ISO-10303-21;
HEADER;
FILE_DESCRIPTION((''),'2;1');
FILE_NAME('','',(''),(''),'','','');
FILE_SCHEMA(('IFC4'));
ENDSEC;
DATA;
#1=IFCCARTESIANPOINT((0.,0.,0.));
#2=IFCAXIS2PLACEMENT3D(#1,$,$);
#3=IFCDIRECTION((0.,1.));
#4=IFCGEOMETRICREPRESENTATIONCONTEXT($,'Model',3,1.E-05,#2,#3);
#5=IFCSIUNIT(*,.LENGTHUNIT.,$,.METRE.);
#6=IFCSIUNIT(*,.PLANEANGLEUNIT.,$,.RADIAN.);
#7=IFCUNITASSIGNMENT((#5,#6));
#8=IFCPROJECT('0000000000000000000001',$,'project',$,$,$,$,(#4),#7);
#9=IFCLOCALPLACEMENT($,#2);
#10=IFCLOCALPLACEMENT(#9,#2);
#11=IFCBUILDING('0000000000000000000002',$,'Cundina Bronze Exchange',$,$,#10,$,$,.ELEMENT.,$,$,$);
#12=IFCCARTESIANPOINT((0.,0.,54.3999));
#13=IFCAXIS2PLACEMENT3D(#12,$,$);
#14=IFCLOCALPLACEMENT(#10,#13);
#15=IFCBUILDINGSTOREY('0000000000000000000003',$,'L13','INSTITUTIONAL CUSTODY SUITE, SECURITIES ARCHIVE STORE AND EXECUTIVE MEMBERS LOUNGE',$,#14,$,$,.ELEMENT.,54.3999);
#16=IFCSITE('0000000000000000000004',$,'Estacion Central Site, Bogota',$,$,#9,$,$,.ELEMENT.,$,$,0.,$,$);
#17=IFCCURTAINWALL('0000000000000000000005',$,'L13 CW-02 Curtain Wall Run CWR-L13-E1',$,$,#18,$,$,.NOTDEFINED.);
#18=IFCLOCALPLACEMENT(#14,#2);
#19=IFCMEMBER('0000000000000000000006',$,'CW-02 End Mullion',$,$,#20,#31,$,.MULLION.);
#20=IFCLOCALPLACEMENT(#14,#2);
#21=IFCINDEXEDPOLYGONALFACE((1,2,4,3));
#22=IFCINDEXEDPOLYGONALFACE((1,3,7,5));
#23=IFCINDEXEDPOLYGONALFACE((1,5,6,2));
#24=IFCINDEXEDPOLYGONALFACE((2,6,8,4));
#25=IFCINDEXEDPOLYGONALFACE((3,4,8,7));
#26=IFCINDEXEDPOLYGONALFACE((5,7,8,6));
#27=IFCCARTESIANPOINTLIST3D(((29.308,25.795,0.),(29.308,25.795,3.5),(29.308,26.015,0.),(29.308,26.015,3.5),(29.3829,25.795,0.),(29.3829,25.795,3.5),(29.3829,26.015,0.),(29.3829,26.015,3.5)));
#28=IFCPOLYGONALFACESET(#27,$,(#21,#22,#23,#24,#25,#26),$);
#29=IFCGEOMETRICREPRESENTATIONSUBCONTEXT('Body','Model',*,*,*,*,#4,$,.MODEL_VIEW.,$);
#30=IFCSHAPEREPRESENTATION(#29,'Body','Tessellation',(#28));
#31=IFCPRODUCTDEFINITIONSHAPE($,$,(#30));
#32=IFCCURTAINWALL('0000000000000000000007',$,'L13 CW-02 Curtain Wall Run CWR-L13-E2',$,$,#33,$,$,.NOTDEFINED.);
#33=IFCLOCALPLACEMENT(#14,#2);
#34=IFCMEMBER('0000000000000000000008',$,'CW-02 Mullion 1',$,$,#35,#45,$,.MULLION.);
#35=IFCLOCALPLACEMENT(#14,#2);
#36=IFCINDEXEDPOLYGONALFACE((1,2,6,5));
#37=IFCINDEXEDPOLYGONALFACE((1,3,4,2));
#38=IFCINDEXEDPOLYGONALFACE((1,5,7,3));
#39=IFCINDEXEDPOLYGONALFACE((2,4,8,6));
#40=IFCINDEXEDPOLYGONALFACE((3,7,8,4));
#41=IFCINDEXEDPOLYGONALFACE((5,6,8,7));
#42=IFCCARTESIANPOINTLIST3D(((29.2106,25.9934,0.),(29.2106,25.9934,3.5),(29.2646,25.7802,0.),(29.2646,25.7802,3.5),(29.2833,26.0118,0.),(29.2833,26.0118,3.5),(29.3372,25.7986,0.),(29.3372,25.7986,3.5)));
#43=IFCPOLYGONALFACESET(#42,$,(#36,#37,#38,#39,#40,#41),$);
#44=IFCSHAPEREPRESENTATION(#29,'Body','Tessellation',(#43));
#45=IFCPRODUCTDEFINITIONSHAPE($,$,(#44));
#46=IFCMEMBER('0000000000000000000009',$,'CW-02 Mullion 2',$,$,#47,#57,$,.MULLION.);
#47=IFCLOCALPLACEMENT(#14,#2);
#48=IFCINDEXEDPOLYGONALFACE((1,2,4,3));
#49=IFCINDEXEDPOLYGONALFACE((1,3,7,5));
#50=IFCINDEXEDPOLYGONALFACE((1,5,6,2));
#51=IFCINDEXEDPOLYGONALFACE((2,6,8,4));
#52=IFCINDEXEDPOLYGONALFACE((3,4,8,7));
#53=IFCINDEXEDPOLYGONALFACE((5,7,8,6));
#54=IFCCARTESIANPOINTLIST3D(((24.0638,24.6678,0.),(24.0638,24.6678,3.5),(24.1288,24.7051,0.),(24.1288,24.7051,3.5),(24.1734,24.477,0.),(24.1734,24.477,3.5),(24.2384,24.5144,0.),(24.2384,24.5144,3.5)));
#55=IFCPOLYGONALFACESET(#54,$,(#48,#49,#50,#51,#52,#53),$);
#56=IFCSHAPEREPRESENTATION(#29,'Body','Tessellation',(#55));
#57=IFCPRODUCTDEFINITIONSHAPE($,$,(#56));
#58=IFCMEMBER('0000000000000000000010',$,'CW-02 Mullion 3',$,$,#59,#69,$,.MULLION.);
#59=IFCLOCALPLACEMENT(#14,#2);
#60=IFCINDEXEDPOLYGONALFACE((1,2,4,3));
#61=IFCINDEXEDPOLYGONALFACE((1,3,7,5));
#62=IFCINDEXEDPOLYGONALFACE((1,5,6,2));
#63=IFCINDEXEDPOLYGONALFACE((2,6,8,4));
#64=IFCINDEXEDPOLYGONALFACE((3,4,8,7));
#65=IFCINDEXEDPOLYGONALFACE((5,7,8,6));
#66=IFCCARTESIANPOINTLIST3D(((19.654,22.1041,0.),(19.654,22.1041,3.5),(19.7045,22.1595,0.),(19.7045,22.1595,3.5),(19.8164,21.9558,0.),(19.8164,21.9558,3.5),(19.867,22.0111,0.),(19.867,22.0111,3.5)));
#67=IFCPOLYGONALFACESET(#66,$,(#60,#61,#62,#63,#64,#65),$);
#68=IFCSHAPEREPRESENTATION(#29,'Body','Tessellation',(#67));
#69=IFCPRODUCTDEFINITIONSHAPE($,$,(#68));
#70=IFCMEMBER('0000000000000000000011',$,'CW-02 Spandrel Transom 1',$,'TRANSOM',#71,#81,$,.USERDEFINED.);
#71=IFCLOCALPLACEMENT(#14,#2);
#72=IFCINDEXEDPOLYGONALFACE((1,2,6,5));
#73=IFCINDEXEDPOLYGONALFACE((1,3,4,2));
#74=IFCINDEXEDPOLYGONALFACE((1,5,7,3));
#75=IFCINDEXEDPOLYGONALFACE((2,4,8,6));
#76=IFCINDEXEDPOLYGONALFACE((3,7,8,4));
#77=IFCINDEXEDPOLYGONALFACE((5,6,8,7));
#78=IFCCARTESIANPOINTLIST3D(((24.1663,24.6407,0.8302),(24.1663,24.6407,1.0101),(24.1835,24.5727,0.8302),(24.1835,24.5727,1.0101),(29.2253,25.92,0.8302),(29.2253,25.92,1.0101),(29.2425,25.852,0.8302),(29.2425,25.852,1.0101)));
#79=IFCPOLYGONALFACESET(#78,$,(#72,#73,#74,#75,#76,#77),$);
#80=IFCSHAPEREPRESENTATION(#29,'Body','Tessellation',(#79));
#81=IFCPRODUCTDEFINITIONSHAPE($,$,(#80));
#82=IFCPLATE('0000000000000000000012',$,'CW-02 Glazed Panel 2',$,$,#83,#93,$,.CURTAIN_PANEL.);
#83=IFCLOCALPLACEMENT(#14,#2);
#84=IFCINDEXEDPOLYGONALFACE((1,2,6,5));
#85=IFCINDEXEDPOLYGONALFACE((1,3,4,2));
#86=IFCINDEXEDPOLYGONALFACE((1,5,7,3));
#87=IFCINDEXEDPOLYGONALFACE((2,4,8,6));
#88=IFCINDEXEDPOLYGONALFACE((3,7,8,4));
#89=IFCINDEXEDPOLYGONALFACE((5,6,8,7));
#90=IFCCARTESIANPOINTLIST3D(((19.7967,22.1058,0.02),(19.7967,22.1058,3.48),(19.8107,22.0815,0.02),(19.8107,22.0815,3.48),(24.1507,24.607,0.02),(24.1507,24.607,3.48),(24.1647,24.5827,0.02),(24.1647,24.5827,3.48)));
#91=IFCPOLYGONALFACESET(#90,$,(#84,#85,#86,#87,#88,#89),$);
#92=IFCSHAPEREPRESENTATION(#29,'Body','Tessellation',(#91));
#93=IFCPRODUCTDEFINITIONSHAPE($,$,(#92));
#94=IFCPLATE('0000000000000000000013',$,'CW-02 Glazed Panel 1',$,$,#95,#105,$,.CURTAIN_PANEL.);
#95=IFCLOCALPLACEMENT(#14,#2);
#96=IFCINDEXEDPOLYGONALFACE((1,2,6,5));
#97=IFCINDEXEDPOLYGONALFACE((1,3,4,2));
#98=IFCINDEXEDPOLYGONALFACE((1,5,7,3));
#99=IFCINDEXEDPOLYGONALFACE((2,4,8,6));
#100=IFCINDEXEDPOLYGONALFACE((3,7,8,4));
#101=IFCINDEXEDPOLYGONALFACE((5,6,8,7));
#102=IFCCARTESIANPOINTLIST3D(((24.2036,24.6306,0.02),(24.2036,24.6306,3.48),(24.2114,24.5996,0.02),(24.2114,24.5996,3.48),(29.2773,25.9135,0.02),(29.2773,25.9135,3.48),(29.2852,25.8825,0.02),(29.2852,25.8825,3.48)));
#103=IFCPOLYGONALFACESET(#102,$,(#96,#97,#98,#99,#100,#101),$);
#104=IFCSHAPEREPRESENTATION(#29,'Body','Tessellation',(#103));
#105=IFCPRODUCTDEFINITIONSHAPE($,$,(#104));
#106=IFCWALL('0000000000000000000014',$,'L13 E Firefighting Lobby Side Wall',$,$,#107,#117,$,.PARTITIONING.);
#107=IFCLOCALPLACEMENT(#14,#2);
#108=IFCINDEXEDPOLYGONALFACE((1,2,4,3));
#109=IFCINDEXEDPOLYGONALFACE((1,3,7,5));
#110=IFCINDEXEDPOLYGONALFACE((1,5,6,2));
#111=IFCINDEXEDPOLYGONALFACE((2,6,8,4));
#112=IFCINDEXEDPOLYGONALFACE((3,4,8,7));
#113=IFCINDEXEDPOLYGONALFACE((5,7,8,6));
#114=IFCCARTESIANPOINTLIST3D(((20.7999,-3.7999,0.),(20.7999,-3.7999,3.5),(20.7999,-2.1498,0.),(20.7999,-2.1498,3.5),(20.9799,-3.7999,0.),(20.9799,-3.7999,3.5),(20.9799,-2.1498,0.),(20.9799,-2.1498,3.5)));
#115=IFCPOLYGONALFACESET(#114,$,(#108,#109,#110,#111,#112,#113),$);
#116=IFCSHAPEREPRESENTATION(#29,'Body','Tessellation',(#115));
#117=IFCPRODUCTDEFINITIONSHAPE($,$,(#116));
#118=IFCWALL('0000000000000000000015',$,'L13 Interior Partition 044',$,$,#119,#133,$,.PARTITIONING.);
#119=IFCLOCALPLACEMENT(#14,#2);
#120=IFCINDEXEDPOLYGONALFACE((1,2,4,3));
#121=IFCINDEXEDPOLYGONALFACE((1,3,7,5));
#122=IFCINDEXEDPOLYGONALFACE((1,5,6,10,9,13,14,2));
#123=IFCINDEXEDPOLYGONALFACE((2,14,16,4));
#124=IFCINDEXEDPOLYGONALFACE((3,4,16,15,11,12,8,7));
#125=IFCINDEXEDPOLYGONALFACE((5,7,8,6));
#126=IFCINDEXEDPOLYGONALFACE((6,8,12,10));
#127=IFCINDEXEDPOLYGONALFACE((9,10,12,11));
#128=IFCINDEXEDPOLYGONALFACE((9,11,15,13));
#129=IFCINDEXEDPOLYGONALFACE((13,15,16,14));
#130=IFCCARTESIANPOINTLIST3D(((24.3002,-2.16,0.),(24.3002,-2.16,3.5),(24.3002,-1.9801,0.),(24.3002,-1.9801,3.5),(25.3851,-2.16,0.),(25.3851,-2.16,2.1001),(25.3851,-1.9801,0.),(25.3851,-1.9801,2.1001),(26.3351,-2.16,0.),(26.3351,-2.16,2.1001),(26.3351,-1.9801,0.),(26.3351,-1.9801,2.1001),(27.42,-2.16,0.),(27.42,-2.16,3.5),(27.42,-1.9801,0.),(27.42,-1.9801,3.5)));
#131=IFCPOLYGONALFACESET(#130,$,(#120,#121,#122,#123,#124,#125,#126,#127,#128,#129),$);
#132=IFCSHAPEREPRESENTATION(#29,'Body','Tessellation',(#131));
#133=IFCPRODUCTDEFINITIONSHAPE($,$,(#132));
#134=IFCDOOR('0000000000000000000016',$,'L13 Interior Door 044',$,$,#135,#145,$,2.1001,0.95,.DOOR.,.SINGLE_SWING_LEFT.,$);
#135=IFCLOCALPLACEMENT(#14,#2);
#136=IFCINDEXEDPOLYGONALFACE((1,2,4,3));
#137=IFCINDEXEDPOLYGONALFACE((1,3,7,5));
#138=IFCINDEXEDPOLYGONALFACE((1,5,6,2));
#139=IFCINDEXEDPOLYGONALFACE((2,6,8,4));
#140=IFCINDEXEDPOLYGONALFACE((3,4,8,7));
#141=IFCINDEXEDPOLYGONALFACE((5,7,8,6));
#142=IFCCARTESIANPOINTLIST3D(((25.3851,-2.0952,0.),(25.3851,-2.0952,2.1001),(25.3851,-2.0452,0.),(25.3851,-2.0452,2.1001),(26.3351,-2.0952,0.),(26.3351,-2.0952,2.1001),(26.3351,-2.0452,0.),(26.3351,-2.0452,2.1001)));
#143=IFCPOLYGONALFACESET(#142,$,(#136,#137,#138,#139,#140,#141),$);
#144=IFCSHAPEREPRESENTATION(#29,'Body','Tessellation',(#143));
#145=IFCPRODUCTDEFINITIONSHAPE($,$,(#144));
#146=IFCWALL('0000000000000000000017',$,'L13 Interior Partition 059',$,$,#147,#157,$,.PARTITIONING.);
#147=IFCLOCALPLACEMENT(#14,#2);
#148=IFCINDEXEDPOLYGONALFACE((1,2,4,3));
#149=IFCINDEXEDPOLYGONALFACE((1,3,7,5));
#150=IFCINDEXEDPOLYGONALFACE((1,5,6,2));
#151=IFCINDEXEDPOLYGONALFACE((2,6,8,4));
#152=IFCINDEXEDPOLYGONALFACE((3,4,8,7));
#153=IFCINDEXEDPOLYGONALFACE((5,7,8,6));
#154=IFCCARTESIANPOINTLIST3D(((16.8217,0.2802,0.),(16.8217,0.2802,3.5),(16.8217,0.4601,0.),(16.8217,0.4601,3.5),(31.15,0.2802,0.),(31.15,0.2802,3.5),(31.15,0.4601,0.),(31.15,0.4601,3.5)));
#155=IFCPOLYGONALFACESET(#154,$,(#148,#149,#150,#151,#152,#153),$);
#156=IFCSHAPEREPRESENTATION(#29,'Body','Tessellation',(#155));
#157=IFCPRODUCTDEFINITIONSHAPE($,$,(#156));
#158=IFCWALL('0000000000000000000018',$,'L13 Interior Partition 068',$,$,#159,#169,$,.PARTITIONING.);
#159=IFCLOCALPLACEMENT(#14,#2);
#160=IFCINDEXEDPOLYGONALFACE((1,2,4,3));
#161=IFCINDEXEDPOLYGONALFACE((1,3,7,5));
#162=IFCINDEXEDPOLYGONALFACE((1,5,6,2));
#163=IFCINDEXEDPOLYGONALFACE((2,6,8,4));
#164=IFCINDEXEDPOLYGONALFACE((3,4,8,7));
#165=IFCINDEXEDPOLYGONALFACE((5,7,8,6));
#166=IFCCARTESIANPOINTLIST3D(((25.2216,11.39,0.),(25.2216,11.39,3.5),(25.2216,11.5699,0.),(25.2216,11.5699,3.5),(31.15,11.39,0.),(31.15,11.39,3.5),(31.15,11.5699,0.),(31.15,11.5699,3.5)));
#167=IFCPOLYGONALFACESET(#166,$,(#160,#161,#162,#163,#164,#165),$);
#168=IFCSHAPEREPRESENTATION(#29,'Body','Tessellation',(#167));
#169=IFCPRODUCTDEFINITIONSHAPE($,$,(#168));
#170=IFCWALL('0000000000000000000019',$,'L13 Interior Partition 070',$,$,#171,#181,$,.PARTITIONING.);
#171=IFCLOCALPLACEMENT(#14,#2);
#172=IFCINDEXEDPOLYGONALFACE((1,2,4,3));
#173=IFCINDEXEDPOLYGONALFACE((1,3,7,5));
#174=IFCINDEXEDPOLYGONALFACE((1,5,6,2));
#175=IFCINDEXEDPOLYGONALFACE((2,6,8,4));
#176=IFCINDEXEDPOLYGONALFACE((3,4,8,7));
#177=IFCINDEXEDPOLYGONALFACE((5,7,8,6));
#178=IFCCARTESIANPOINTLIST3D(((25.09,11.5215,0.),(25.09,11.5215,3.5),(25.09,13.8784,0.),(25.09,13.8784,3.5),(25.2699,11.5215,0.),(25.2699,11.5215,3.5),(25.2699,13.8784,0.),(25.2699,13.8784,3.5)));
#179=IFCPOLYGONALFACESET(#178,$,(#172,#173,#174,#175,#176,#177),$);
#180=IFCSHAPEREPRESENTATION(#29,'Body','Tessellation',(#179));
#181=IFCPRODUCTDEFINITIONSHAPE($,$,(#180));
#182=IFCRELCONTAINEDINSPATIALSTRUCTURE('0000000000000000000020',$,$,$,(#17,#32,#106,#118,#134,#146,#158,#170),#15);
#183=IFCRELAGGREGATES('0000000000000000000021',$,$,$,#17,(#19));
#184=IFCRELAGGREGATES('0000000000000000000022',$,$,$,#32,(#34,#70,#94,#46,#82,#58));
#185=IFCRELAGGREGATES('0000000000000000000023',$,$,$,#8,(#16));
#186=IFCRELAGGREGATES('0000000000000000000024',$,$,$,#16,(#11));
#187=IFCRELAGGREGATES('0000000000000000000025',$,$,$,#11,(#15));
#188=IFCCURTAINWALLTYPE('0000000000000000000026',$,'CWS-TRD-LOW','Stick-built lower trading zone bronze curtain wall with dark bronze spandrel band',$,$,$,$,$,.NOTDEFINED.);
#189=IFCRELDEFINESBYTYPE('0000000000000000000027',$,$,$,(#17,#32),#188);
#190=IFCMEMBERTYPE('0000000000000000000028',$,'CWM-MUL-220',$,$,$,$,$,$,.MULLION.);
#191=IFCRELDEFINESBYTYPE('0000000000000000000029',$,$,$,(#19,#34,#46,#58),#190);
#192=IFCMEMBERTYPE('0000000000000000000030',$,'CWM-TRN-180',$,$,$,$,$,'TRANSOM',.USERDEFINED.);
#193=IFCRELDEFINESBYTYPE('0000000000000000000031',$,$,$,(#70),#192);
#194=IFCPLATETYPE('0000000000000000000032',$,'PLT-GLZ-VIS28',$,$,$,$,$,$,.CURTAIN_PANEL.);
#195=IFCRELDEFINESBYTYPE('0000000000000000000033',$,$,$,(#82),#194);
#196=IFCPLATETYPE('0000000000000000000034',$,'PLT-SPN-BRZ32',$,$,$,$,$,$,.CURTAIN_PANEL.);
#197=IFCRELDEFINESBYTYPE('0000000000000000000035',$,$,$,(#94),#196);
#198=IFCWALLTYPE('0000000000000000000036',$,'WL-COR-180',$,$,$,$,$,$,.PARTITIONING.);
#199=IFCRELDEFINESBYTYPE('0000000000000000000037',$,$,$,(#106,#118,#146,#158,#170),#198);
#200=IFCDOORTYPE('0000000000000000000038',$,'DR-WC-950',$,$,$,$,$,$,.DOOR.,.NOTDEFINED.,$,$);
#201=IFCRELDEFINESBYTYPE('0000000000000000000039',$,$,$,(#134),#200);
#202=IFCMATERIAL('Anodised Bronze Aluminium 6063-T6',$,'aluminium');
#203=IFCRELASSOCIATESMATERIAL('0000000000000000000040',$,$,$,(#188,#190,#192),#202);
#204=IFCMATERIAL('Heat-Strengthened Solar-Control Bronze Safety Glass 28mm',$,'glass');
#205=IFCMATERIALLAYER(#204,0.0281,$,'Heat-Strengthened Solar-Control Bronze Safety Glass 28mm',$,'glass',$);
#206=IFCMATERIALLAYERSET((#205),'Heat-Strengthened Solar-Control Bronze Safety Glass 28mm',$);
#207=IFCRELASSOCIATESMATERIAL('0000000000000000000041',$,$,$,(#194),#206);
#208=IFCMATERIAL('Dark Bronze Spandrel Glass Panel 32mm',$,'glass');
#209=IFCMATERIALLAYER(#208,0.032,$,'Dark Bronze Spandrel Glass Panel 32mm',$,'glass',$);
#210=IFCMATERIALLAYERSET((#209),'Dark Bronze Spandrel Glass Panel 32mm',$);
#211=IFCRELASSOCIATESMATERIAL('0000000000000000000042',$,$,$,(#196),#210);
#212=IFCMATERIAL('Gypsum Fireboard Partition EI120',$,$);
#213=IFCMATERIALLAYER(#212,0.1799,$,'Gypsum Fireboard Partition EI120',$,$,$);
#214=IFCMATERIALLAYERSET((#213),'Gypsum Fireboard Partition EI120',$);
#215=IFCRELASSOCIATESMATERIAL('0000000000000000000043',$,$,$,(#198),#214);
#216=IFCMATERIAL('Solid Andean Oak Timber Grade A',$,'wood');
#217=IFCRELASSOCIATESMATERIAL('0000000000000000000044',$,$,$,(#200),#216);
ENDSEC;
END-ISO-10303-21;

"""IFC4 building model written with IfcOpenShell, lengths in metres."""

from ifc_helpers import new_model, si_unit, direction, frame, frame_2d, origin, origin_2d, place, context, subcontext, project, spatial, rectangle, extrude, material, layer, layer_set, material_profile, profile_set, type_object, element, fill, aggregate, save


model = new_model("IFC4")

# Units and contexts
model_context = context("Model", 3, precision=1e-05, world=origin(), true_north=direction((0.0, 1.0)))
body_context = subcontext(model_context, "Body", "Model", "MODEL_VIEW")
ifc_project = project(units=[si_unit("LENGTHUNIT", "METRE"), si_unit("PLANEANGLEUNIT", "RADIAN")], contexts=[model_context])

# Site, building, storey
site_placement = place(None, origin())
site = spatial("IfcSite", under=ifc_project, at=site_placement, Name="Estacion Central Site, Bogota", CompositionType="ELEMENT", RefElevation=0.0)
building_placement = place(site_placement, origin())
building = spatial("IfcBuilding", under=site, at=building_placement, Name="Cundina Bronze Exchange", CompositionType="ELEMENT")
storey_placement = place(building_placement, frame((0.0, 0.0, 54.3999)))
storey = spatial("IfcBuildingStorey", under=building, at=storey_placement, Name="L13", Description="INSTITUTIONAL CUSTODY SUITE, SECURITIES ARCHIVE STORE AND EXECUTIVE MEMBERS LOUNGE", CompositionType="ELEMENT", Elevation=54.3999)

# Curtain wall, member
ifc_material_1 = material(Name="Anodised Bronze Aluminium 6063-T6", Category="aluminium")
curtain_wall_type = type_object("IfcCurtainWallType", Name="CWS-TRD-LOW", Description="Stick-built lower trading zone bronze curtain wall with dark bronze spandrel band", PredefinedType="NOTDEFINED", material=ifc_material_1)
curtain_wall_1_placement = place(storey_placement, origin())
curtain_wall_1 = element("IfcCurtainWall", 1, at=curtain_wall_1_placement, inside=storey, type_object=curtain_wall_type, Name="L13 CW-02 Curtain Wall Run CWR-L13-E1", PredefinedType="NOTDEFINED")
ifc_material_profile_1 = material_profile(ifc_material_1, rectangle(XDim=0.075, YDim=0.22, at=origin_2d()), Name="AL75X220", Category="aluminium")
ifc_profile_set_1 = profile_set([ifc_material_profile_1], Name="Anodised Bronze Aluminium 6063-T6")
member_type_1 = type_object("IfcMemberType", Name="CWM-MUL-220", PredefinedType="MULLION", material=ifc_profile_set_1)
member_1_placement = place(storey_placement, frame((29.3455, 25.905, 0.0), z_axis=(0.0, 0.0, 1.0), x_axis=(-1.0, 0.0, 0.0)))
member_1 = element("IfcMember", 2, at=member_1_placement, type_object=member_type_1, Name="CW-02 End Mullion", PredefinedType="MULLION", context=body_context, shape_type="SweptSolid", body=[
    extrude(rectangle(XDim=0.075, YDim=0.22, at=origin_2d()), origin(), (0.0, 0.0, 1.0), 3.5),
])
aggregate(curtain_wall_1, [member_1])

# Curtain wall, members, plates
curtain_wall_2_placement = place(storey_placement, origin())
curtain_wall_2 = element("IfcCurtainWall", 3, at=curtain_wall_2_placement, inside=storey, type_object=curtain_wall_type, Name="L13 CW-02 Curtain Wall Run CWR-L13-E2", PredefinedType="NOTDEFINED")
member_2_placement = place(storey_placement, frame((29.2739, 25.896, 0.0), z_axis=(0.0, 0.0, 1.0), x_axis=(-0.969488, -0.245138, 0.0)))
member_2 = element("IfcMember", 4, at=member_2_placement, type_object=member_type_1, Name="CW-02 Mullion 1", PredefinedType="MULLION", context=body_context, shape_type="SweptSolid", body=[
    extrude(rectangle(XDim=0.075, YDim=0.22, at=origin_2d()), origin(), (0.0, 0.0, 1.0), 3.5),
])
member_3_placement = place(storey_placement, frame((24.1511, 24.5911, 0.0), z_axis=(0.0, 0.0, 1.0), x_axis=(-0.867071, -0.498185, 0.0)))
member_3 = element("IfcMember", 5, at=member_3_placement, type_object=member_type_1, Name="CW-02 Mullion 2", PredefinedType="MULLION", context=body_context, shape_type="SweptSolid", body=[
    extrude(rectangle(XDim=0.075, YDim=0.22, at=origin_2d()), origin(), (0.0, 0.0, 1.0), 3.5),
])
member_4_placement = place(storey_placement, frame((19.7605, 22.0576, 0.0), z_axis=(0.0, 0.0, 1.0), x_axis=(-0.674302, -0.738455, 0.0)))
member_4 = element("IfcMember", 6, at=member_4_placement, type_object=member_type_1, Name="CW-02 Mullion 3", PredefinedType="MULLION", context=body_context, shape_type="SweptSolid", body=[
    extrude(rectangle(XDim=0.075, YDim=0.22, at=origin_2d()), origin(), (0.0, 0.0, 1.0), 3.5),
])
ifc_material_profile_2 = material_profile(ifc_material_1, rectangle(XDim=0.0701, YDim=0.1799, at=origin_2d()), Name="AL70X180", Category="aluminium")
ifc_profile_set_2 = profile_set([ifc_material_profile_2], Name="Anodised Bronze Aluminium 6063-T6")
member_type_2 = type_object("IfcMemberType", Name="CWM-TRN-180", ElementType="TRANSOM", PredefinedType="USERDEFINED", material=ifc_profile_set_2)
member_5_placement = place(storey_placement, frame((29.2339, 25.886, 0.9202), z_axis=(-0.969484, -0.245155, 0.0), x_axis=(0.245155, -0.969484, 0.0)))
member_5 = element("IfcMember", 7, at=member_5_placement, type_object=member_type_2, Name="CW-02 Spandrel Transom 1", ObjectType="TRANSOM", PredefinedType="USERDEFINED", context=body_context, shape_type="SweptSolid", body=[
    extrude(rectangle(XDim=0.0701, YDim=0.1799, at=origin_2d()), origin(), (0.0, 0.0, 1.0), 5.2183),
])
ifc_material_2 = material(Name="Heat-Strengthened Solar-Control Bronze Safety Glass 28mm", Category="glass")
ifc_layer_1 = layer(ifc_material_2, 0.0281, Name="Heat-Strengthened Solar-Control Bronze Safety Glass 28mm", Category="glass")
ifc_layer_set_1 = layer_set([ifc_layer_1], Name="Heat-Strengthened Solar-Control Bronze Safety Glass 28mm")
plate_type_1 = type_object("IfcPlateType", Name="PLT-GLZ-VIS28", PredefinedType="CURTAIN_PANEL", material=ifc_layer_set_1)
plate_1_placement = place(storey_placement, frame((21.9807, 23.3442, 0.02), z_axis=(0.0, 0.0, 1.0), x_axis=(-0.867105, -0.498125, 0.0)))
plate_1 = element("IfcPlate", 8, at=plate_1_placement, type_object=plate_type_1, Name="CW-02 Glazed Panel 2", PredefinedType="CURTAIN_PANEL", context=body_context, shape_type="SweptSolid", body=[
    extrude(rectangle(XDim=5.0212, YDim=0.0281, at=origin_2d()), origin(), (0.0, 0.0, 1.0), 3.46),
])
ifc_material_3 = material(Name="Dark Bronze Spandrel Glass Panel 32mm", Category="glass")
ifc_layer_2 = layer(ifc_material_3, 0.032, Name="Dark Bronze Spandrel Glass Panel 32mm", Category="glass")
ifc_layer_set_2 = layer_set([ifc_layer_2], Name="Dark Bronze Spandrel Glass Panel 32mm")
plate_type_2 = type_object("IfcPlateType", Name="PLT-SPN-BRZ32", PredefinedType="CURTAIN_PANEL", material=ifc_layer_set_2)
plate_2_placement = place(storey_placement, frame((26.7444, 25.2566, 0.02), z_axis=(0.0, 0.0, 1.0), x_axis=(-0.969488, -0.245138, 0.0)))
plate_2 = element("IfcPlate", 9, at=plate_2_placement, type_object=plate_type_2, Name="CW-02 Glazed Panel 1", PredefinedType="CURTAIN_PANEL", context=body_context, shape_type="SweptSolid", body=[
    extrude(rectangle(XDim=5.2334, YDim=0.032, at=origin_2d()), origin(), (0.0, 0.0, 1.0), 3.46),
])
aggregate(curtain_wall_2, [member_2, member_5, plate_2, member_3, plate_1, member_4])

# Wall
ifc_material_4 = material(Name="Gypsum Fireboard Partition EI120")
ifc_layer_3 = layer(ifc_material_4, 0.1799, Name="Gypsum Fireboard Partition EI120")
ifc_layer_set_3 = layer_set([ifc_layer_3], Name="Gypsum Fireboard Partition EI120")
wall_type_1 = type_object("IfcWallType", Name="WL-COR-180", PredefinedType="PARTITIONING", material=ifc_layer_set_3)
wall_1_placement = place(storey_placement, frame((20.8899, -3.8, 0.0), z_axis=(0.0, 0.0, 1.0), x_axis=(0.0, 1.0, 0.0)))
element("IfcWall", 10, at=wall_1_placement, inside=storey, type_object=wall_type_1, Name="L13 E Firefighting Lobby Side Wall", PredefinedType="PARTITIONING", context=body_context, shape_type="SweptSolid", body=[
    extrude(rectangle(XDim=1.6501, YDim=0.1799, at=frame_2d((0.8252, 0.0))), origin(), (0.0, 0.0, 1.0), 3.5),
])

# Wall, opening, door
wall_2_placement = place(storey_placement, frame((24.3, -2.0701, 0.0), z_axis=(0.0, 0.0, 1.0), x_axis=(1.0, 0.0, 0.0)))
wall_2 = element("IfcWall", 11, at=wall_2_placement, inside=storey, type_object=wall_type_1, Name="L13 Interior Partition 044", PredefinedType="PARTITIONING", context=body_context, shape_type="SweptSolid", body=[
    extrude(rectangle(XDim=3.1199, YDim=0.1799, at=frame_2d((1.5601, 0.0))), origin(), (0.0, 0.0, 1.0), 3.5),
])
opening_1_placement = place(wall_2_placement, frame((1.085, 0.0, 0.0)))
opening_1 = element("IfcOpeningElement", 12, at=opening_1_placement, cuts=wall_2, PredefinedType="OPENING", context=body_context, shape_type="SweptSolid", body=[
    extrude(rectangle(XDim=0.95, YDim=2.1001, at=frame_2d((0.4751, 1.05))), frame((0.0, 0.0999, 0.0), z_axis=(0.0, -1.0, 0.0), x_axis=(1.0, 0.0, 0.0)), (0.0, 0.0, 1.0), 0.2),
])
ifc_material_5 = material(Name="Solid Andean Oak Timber Grade A", Category="wood")
door_type_1 = type_object("IfcDoorType", Name="DR-WC-950", OperationType="NOTDEFINED", PredefinedType="DOOR", material=ifc_material_5)
door_1_placement = place(opening_1_placement, origin())
door_1 = element("IfcDoor", 13, at=door_1_placement, inside=storey, type_object=door_type_1, Name="L13 Interior Door 044", OperationType="SINGLE_SWING_LEFT", OverallHeight=2.1001, OverallWidth=0.95, PredefinedType="DOOR", context=body_context, shape_type="SweptSolid", body=[
    extrude(rectangle(XDim=0.95, YDim=2.1001, at=frame_2d((0.4751, 1.05))), frame((0.0, 0.0249, 0.0), z_axis=(0.0, -1.0, 0.0), x_axis=(1.0, 0.0, 0.0)), (0.0, 0.0, 1.0), 0.05),
])
fill(opening_1, door_1)

# Walls
wall_3_placement = place(storey_placement, frame((31.1499, 0.3701, 0.0), z_axis=(0.0, 0.0, 1.0), x_axis=(-1.0, 0.0, 0.0)))
element("IfcWall", 14, at=wall_3_placement, inside=storey, type_object=wall_type_1, Name="L13 Interior Partition 059", PredefinedType="PARTITIONING", context=body_context, shape_type="SweptSolid", body=[
    extrude(rectangle(XDim=14.3284, YDim=0.1799, at=frame_2d((7.1641, 0.0))), origin(), (0.0, 0.0, 1.0), 3.5),
])
wall_4_placement = place(storey_placement, frame((25.2214, 11.48, 0.0), z_axis=(0.0, 0.0, 1.0), x_axis=(1.0, 0.0, 0.0)))
element("IfcWall", 15, at=wall_4_placement, inside=storey, type_object=wall_type_1, Name="L13 Interior Partition 068", PredefinedType="PARTITIONING", context=body_context, shape_type="SweptSolid", body=[
    extrude(rectangle(XDim=5.9285, YDim=0.1799, at=frame_2d((2.9644, 0.0))), origin(), (0.0, 0.0, 1.0), 3.5),
])
wall_5_placement = place(storey_placement, frame((25.1799, 13.8784, 0.0), z_axis=(0.0, 0.0, 1.0), x_axis=(0.0, -1.0, 0.0)))
element("IfcWall", 16, at=wall_5_placement, inside=storey, type_object=wall_type_1, Name="L13 Interior Partition 070", PredefinedType="PARTITIONING", context=body_context, shape_type="SweptSolid", body=[
    extrude(rectangle(XDim=2.3569, YDim=0.1799, at=frame_2d((1.1785, 0.0))), origin(), (0.0, 0.0, 1.0), 3.5),
])

save(model, "model.ifc")
